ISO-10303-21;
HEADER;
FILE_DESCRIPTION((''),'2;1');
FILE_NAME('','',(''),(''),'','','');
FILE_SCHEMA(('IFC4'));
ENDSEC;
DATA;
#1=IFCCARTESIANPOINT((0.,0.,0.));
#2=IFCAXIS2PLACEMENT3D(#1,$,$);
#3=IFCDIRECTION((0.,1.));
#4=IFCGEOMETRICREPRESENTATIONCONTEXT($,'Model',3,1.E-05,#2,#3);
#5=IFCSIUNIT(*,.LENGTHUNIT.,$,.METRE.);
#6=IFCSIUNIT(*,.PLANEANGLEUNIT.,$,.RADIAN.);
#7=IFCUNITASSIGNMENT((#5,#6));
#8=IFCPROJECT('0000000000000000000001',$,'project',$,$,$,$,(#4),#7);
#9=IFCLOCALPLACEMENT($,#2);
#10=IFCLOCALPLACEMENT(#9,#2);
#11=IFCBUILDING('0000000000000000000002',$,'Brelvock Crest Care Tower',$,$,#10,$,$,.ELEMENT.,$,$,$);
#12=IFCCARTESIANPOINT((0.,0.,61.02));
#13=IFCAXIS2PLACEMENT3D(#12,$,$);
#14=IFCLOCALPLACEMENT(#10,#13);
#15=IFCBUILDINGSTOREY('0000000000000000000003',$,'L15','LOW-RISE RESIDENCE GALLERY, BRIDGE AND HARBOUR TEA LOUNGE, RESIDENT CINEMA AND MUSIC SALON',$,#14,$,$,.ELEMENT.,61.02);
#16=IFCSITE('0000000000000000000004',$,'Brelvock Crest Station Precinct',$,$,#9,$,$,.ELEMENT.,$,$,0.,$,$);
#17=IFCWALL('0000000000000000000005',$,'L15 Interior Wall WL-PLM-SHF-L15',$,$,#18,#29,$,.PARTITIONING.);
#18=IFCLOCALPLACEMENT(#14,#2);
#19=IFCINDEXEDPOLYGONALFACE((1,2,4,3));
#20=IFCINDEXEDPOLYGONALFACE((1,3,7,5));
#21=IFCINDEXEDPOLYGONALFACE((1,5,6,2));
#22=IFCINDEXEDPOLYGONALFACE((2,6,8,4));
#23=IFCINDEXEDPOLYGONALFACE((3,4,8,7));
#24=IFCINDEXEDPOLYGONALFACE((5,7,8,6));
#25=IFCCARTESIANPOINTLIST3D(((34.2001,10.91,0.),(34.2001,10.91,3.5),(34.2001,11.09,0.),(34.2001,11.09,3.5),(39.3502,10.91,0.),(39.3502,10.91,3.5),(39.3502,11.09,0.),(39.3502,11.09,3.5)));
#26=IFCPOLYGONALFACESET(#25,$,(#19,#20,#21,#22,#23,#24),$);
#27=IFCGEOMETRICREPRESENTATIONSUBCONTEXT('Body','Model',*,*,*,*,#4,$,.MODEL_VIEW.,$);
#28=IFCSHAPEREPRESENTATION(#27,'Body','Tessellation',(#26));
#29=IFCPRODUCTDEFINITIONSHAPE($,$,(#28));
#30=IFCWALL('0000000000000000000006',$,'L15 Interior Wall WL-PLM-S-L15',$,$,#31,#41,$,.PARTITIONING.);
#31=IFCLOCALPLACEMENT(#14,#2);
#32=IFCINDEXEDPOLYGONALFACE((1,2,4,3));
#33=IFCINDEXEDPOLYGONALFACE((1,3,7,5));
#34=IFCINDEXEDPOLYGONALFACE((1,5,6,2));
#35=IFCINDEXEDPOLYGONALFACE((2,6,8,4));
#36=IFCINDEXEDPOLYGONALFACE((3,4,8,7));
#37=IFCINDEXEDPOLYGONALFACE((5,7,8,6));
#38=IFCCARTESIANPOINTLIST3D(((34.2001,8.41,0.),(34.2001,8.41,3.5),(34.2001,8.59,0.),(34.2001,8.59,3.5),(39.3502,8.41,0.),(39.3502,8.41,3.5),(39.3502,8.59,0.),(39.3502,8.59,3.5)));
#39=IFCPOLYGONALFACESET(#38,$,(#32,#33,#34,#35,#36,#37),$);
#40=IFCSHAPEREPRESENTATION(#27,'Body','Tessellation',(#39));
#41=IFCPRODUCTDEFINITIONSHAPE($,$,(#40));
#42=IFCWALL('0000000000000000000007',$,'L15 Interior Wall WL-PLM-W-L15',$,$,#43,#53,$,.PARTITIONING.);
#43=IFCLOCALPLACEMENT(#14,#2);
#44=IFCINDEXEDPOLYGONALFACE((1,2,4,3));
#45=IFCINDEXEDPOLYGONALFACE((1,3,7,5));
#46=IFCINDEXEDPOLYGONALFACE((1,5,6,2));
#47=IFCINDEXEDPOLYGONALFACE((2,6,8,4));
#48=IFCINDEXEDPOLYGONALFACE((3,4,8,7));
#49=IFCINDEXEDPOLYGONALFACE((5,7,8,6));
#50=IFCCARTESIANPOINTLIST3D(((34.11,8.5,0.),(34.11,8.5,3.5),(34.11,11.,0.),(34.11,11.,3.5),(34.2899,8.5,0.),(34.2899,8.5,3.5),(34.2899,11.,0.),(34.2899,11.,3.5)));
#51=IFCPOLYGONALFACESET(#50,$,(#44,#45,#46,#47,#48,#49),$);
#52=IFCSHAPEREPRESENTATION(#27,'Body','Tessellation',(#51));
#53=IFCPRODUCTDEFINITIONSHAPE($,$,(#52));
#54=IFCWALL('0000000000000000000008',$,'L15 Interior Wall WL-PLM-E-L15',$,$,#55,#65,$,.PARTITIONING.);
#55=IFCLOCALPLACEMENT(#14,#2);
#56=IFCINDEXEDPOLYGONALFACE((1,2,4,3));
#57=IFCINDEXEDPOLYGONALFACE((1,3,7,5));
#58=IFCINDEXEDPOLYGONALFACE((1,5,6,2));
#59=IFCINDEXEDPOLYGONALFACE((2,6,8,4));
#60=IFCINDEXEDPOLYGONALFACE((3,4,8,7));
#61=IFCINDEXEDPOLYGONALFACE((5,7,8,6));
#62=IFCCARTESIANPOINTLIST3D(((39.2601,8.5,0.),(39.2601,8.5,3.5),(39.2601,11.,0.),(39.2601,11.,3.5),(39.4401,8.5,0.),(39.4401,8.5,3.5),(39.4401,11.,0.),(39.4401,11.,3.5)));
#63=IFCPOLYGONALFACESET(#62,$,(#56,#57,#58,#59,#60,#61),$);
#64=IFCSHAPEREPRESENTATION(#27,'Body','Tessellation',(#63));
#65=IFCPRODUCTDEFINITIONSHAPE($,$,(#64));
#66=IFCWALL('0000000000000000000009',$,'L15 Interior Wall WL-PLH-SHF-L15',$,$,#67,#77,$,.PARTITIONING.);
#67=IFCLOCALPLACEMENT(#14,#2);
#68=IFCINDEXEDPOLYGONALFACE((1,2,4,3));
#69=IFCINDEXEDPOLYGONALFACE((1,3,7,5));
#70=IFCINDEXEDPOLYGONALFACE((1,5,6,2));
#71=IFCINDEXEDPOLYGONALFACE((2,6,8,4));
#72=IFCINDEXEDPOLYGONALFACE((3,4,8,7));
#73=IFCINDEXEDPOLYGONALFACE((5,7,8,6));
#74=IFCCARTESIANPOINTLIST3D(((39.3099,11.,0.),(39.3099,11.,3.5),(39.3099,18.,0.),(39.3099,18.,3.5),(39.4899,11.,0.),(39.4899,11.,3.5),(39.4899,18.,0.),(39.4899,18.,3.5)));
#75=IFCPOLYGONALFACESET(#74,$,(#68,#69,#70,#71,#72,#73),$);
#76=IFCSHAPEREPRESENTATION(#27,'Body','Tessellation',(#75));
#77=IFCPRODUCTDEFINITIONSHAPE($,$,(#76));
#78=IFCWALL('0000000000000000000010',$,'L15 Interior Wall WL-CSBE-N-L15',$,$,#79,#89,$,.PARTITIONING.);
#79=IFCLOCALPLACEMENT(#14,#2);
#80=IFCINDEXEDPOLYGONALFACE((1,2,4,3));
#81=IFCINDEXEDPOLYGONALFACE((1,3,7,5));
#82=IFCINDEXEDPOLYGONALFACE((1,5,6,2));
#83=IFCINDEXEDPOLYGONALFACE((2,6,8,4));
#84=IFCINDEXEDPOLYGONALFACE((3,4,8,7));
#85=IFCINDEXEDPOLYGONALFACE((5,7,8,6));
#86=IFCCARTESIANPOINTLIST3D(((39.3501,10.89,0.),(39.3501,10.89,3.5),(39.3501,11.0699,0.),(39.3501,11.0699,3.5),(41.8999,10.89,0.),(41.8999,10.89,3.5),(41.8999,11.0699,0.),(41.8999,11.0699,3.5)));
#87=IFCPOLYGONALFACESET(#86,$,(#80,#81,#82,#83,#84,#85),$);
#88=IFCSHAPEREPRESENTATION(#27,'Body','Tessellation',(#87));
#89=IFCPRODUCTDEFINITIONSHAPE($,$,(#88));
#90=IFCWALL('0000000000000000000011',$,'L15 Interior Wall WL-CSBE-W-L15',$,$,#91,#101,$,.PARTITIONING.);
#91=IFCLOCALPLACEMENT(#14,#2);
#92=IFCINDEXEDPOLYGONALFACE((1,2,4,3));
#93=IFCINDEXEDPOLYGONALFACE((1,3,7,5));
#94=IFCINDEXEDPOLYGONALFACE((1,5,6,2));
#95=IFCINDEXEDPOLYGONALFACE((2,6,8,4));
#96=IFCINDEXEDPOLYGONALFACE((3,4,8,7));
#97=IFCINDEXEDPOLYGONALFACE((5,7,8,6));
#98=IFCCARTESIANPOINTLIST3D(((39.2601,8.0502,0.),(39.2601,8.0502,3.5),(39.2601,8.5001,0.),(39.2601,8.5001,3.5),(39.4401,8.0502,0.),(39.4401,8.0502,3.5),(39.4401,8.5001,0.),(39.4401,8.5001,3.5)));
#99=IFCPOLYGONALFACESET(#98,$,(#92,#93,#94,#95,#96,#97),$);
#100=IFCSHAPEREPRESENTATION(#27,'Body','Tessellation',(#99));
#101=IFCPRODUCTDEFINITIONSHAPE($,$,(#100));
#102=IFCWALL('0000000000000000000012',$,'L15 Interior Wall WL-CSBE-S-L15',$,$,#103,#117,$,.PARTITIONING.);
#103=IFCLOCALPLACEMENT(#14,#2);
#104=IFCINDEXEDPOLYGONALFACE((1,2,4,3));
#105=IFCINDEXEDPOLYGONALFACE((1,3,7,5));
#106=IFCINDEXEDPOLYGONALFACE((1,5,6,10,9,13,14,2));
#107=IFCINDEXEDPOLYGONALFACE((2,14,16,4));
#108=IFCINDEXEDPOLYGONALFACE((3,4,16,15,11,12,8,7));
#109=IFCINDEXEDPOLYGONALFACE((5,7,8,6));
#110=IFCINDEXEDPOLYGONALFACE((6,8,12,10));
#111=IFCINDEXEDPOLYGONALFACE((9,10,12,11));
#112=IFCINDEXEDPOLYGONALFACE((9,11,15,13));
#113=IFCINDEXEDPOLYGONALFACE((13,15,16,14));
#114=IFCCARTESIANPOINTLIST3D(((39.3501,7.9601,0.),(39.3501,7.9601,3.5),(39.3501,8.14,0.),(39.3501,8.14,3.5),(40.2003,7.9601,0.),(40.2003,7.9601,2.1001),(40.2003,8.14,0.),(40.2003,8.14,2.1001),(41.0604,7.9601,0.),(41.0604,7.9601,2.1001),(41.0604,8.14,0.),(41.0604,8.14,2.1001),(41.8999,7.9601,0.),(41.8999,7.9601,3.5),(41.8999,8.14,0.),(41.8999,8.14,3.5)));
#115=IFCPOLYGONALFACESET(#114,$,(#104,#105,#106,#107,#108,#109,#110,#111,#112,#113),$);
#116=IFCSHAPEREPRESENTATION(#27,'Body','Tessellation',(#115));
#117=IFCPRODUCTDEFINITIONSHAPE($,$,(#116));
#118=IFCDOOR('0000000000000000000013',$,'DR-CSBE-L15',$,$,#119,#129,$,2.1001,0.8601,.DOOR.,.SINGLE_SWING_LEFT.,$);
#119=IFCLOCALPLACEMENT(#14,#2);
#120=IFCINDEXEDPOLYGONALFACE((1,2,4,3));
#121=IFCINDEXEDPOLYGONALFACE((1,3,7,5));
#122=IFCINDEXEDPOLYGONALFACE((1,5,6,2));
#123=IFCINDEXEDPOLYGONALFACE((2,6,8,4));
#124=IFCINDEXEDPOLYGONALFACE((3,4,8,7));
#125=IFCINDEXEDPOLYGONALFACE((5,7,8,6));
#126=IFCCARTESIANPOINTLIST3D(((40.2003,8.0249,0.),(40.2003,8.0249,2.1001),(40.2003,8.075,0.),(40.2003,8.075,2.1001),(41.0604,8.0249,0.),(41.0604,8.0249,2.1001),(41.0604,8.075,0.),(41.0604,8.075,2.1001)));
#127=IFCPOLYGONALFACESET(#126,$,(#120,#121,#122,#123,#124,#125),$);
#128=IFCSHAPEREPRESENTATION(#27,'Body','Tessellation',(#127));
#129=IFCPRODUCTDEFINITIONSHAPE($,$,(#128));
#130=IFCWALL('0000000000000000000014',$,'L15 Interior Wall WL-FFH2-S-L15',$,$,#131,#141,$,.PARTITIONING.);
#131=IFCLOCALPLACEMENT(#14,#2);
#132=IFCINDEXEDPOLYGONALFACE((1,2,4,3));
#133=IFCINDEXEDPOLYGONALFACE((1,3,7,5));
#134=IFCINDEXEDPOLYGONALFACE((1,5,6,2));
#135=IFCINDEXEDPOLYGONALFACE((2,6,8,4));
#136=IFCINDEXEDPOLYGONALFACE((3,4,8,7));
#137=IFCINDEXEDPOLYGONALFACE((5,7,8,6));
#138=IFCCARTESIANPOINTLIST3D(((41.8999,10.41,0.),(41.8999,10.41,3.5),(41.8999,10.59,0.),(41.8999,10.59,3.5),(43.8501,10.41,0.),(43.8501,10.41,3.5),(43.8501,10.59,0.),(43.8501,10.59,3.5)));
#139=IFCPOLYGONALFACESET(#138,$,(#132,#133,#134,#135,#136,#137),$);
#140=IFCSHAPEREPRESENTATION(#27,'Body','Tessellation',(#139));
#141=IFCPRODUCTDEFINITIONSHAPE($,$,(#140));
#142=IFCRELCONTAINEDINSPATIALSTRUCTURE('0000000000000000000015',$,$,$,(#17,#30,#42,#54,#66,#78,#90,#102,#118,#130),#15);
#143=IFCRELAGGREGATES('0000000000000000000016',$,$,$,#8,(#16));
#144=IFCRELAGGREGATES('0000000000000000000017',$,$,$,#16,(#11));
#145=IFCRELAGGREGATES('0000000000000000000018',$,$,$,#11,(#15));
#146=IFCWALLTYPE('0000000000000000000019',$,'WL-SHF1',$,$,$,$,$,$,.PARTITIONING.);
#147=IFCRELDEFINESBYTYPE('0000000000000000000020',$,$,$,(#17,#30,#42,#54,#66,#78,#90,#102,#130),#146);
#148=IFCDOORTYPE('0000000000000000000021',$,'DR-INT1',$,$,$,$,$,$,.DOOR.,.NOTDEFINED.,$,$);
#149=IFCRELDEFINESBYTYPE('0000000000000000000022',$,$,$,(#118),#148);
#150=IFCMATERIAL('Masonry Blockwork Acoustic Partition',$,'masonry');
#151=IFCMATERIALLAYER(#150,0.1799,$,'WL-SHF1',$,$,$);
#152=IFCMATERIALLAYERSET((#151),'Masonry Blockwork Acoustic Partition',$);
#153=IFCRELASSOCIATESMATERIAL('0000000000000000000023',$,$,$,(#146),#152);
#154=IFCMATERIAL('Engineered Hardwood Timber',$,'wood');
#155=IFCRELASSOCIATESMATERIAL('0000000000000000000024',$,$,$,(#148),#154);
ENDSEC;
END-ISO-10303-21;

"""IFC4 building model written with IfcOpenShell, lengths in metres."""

from ifc_helpers import new_model, si_unit, direction, frame, frame_2d, origin, origin_2d, place, context, subcontext, project, spatial, rectangle, extrude, source, transform, mapped, material, layer, layer_set, type_object, element, fill, save


model = new_model("IFC4")

# Units and contexts
model_context = context("Model", 3, precision=1e-05, world=origin(), true_north=direction((0.0, 1.0)))
body_context = subcontext(model_context, "Body", "Model", "MODEL_VIEW")
ifc_project = project(units=[si_unit("LENGTHUNIT", "METRE"), si_unit("PLANEANGLEUNIT", "RADIAN")], contexts=[model_context])

# Site, building, storey
site_placement = place(None, origin())
site = spatial("IfcSite", under=ifc_project, at=site_placement, Name="Brelvock Crest Station Precinct", CompositionType="ELEMENT", RefElevation=0.0)
building_placement = place(site_placement, origin())
building = spatial("IfcBuilding", under=site, at=building_placement, Name="Brelvock Crest Care Tower", CompositionType="ELEMENT")
storey_placement = place(building_placement, frame((0.0, 0.0, 61.02)))
storey = spatial("IfcBuildingStorey", under=building, at=storey_placement, Name="L15", Description="LOW-RISE RESIDENCE GALLERY, BRIDGE AND HARBOUR TEA LOUNGE, RESIDENT CINEMA AND MUSIC SALON", CompositionType="ELEMENT", Elevation=61.02)

# Walls
ifc_material_1 = material(Name="Masonry Blockwork Acoustic Partition", Category="masonry")
ifc_layer_1 = layer(ifc_material_1, 0.1799, Name="WL-SHF1")
ifc_layer_set_1 = layer_set([ifc_layer_1], Name="Masonry Blockwork Acoustic Partition")
wall_type = type_object("IfcWallType", Name="WL-SHF1", PredefinedType="PARTITIONING", material=ifc_layer_set_1)
for number, where, z_axis, x_axis, name in (
    (1, (34.2, 11.0, 0.0), (0.0, 0.0, 1.0), (1.0, 0.0, 0.0), "L15 Interior Wall WL-PLM-SHF-L15"),
    (2, (34.2, 8.5, 0.0), (0.0, 0.0, 1.0), (1.0, 0.0, 0.0), "L15 Interior Wall WL-PLM-S-L15"),
):
    element("IfcWall", number, at=place(storey_placement, frame(where, z_axis=z_axis, x_axis=x_axis)), inside=storey, type_object=wall_type, Name=name, PredefinedType="PARTITIONING", context=body_context, shape_type="SweptSolid", body=[
        extrude(rectangle(XDim=5.1501, YDim=0.1799, at=frame_2d((2.5752, 0.0))), origin(), (0.0, 0.0, 1.0), 3.5),
    ])
for number, where, z_axis, x_axis, name in (
    (3, (34.2, 8.5, 0.0), (0.0, 0.0, 1.0), (0.0, 1.0, 0.0), "L15 Interior Wall WL-PLM-W-L15"),
    (4, (39.3501, 8.5, 0.0), (0.0, 0.0, 1.0), (0.0, 1.0, 0.0), "L15 Interior Wall WL-PLM-E-L15"),
):
    element("IfcWall", number, at=place(storey_placement, frame(where, z_axis=z_axis, x_axis=x_axis)), inside=storey, type_object=wall_type, Name=name, PredefinedType="PARTITIONING", context=body_context, shape_type="SweptSolid", body=[
        extrude(rectangle(XDim=2.5, YDim=0.1799, at=frame_2d((1.25, 0.0))), origin(), (0.0, 0.0, 1.0), 3.5),
    ])
wall_1_placement = place(storey_placement, frame((39.3999, 11.0, 0.0), z_axis=(0.0, 0.0, 1.0), x_axis=(0.0, 1.0, 0.0)))
element("IfcWall", 5, at=wall_1_placement, inside=storey, type_object=wall_type, Name="L15 Interior Wall WL-PLH-SHF-L15", PredefinedType="PARTITIONING", context=body_context, shape_type="SweptSolid", body=[
    extrude(rectangle(XDim=7.0, YDim=0.1799, at=frame_2d((3.5, 0.0))), origin(), (0.0, 0.0, 1.0), 3.5),
])
wall_2_placement = place(storey_placement, frame((39.3501, 10.98, 0.0), z_axis=(0.0, 0.0, 1.0), x_axis=(1.0, 0.0, 0.0)))
element("IfcWall", 6, at=wall_2_placement, inside=storey, type_object=wall_type, Name="L15 Interior Wall WL-CSBE-N-L15", PredefinedType="PARTITIONING", context=body_context, shape_type="SweptSolid", body=[
    extrude(rectangle(XDim=2.5498, YDim=0.1799, at=frame_2d((1.2749, 0.0))), origin(), (0.0, 0.0, 1.0), 3.5),
])
wall_3_placement = place(storey_placement, frame((39.3501, 8.05, 0.0), z_axis=(0.0, 0.0, 1.0), x_axis=(0.0, 1.0, 0.0)))
element("IfcWall", 7, at=wall_3_placement, inside=storey, type_object=wall_type, Name="L15 Interior Wall WL-CSBE-W-L15", PredefinedType="PARTITIONING", context=body_context, shape_type="SweptSolid", body=[
    extrude(rectangle(XDim=0.45, YDim=0.1799, at=frame_2d((0.2251, 0.0))), origin(), (0.0, 0.0, 1.0), 3.5),
])

# Wall, opening, door
wall_4_placement = place(storey_placement, frame((39.3501, 8.05, 0.0), z_axis=(0.0, 0.0, 1.0), x_axis=(1.0, 0.0, 0.0)))
wall_4 = element("IfcWall", 8, at=wall_4_placement, inside=storey, type_object=wall_type, Name="L15 Interior Wall WL-CSBE-S-L15", PredefinedType="PARTITIONING", context=body_context, shape_type="SweptSolid", body=[
    extrude(rectangle(XDim=2.5498, YDim=0.1799, at=frame_2d((1.2749, 0.0))), origin(), (0.0, 0.0, 1.0), 3.5),
])
opening_1_placement = place(wall_4_placement, frame((0.8501, 0.0, 0.0)))
opening_1 = element("IfcOpeningElement", 9, at=opening_1_placement, cuts=wall_4, PredefinedType="OPENING", context=body_context, shape_type="SweptSolid", body=[
    extrude(rectangle(XDim=0.8601, YDim=2.1001, at=origin_2d()), frame((0.4302, 0.1001, 1.05), z_axis=(0.0, -1.0, 0.0), x_axis=(1.0, 0.0, 0.0)), (0.0, 0.0, 1.0), 0.2),
])
ifc_material_2 = material(Name="Engineered Hardwood Timber", Category="wood")
door_type_1 = type_object("IfcDoorType", Name="DR-INT1", OperationType="NOTDEFINED", PredefinedType="DOOR", material=ifc_material_2)
shared_shape_1 = source(origin(), body_context, "Body", "SweptSolid", [
    extrude(rectangle(XDim=0.8601, YDim=2.1001, at=origin_2d()), frame((0.4302, 0.0249, 1.05), z_axis=(0.0, -1.0, 0.0), x_axis=(1.0, 0.0, 0.0)), (0.0, 0.0, 1.0), 0.05),
])
door_1_placement = place(opening_1_placement, origin())
door_1 = element("IfcDoor", 10, at=door_1_placement, inside=storey, type_object=door_type_1, Name="DR-CSBE-L15", OperationType="SINGLE_SWING_LEFT", OverallHeight=2.1001, OverallWidth=0.8601, PredefinedType="DOOR", context=body_context, shape_type="MappedRepresentation", body=[
    mapped(shared_shape_1, transform((0.0, 0.0, 0.0), x_axis=(1.0, 0.0, 0.0), y_axis=(0.0, 1.0, 0.0), z_axis=(0.0, 0.0, 1.0), scale=1.0)),
])
fill(opening_1, door_1)

# Wall
wall_5_placement = place(storey_placement, frame((41.8999, 10.5, 0.0), z_axis=(0.0, 0.0, 1.0), x_axis=(1.0, 0.0, 0.0)))
element("IfcWall", 11, at=wall_5_placement, inside=storey, type_object=wall_type, Name="L15 Interior Wall WL-FFH2-S-L15", PredefinedType="PARTITIONING", context=body_context, shape_type="SweptSolid", body=[
    extrude(rectangle(XDim=1.9502, YDim=0.1799, at=frame_2d((0.9751, 0.0))), origin(), (0.0, 0.0, 1.0), 3.5),
])

save(model, "model.ifc")
